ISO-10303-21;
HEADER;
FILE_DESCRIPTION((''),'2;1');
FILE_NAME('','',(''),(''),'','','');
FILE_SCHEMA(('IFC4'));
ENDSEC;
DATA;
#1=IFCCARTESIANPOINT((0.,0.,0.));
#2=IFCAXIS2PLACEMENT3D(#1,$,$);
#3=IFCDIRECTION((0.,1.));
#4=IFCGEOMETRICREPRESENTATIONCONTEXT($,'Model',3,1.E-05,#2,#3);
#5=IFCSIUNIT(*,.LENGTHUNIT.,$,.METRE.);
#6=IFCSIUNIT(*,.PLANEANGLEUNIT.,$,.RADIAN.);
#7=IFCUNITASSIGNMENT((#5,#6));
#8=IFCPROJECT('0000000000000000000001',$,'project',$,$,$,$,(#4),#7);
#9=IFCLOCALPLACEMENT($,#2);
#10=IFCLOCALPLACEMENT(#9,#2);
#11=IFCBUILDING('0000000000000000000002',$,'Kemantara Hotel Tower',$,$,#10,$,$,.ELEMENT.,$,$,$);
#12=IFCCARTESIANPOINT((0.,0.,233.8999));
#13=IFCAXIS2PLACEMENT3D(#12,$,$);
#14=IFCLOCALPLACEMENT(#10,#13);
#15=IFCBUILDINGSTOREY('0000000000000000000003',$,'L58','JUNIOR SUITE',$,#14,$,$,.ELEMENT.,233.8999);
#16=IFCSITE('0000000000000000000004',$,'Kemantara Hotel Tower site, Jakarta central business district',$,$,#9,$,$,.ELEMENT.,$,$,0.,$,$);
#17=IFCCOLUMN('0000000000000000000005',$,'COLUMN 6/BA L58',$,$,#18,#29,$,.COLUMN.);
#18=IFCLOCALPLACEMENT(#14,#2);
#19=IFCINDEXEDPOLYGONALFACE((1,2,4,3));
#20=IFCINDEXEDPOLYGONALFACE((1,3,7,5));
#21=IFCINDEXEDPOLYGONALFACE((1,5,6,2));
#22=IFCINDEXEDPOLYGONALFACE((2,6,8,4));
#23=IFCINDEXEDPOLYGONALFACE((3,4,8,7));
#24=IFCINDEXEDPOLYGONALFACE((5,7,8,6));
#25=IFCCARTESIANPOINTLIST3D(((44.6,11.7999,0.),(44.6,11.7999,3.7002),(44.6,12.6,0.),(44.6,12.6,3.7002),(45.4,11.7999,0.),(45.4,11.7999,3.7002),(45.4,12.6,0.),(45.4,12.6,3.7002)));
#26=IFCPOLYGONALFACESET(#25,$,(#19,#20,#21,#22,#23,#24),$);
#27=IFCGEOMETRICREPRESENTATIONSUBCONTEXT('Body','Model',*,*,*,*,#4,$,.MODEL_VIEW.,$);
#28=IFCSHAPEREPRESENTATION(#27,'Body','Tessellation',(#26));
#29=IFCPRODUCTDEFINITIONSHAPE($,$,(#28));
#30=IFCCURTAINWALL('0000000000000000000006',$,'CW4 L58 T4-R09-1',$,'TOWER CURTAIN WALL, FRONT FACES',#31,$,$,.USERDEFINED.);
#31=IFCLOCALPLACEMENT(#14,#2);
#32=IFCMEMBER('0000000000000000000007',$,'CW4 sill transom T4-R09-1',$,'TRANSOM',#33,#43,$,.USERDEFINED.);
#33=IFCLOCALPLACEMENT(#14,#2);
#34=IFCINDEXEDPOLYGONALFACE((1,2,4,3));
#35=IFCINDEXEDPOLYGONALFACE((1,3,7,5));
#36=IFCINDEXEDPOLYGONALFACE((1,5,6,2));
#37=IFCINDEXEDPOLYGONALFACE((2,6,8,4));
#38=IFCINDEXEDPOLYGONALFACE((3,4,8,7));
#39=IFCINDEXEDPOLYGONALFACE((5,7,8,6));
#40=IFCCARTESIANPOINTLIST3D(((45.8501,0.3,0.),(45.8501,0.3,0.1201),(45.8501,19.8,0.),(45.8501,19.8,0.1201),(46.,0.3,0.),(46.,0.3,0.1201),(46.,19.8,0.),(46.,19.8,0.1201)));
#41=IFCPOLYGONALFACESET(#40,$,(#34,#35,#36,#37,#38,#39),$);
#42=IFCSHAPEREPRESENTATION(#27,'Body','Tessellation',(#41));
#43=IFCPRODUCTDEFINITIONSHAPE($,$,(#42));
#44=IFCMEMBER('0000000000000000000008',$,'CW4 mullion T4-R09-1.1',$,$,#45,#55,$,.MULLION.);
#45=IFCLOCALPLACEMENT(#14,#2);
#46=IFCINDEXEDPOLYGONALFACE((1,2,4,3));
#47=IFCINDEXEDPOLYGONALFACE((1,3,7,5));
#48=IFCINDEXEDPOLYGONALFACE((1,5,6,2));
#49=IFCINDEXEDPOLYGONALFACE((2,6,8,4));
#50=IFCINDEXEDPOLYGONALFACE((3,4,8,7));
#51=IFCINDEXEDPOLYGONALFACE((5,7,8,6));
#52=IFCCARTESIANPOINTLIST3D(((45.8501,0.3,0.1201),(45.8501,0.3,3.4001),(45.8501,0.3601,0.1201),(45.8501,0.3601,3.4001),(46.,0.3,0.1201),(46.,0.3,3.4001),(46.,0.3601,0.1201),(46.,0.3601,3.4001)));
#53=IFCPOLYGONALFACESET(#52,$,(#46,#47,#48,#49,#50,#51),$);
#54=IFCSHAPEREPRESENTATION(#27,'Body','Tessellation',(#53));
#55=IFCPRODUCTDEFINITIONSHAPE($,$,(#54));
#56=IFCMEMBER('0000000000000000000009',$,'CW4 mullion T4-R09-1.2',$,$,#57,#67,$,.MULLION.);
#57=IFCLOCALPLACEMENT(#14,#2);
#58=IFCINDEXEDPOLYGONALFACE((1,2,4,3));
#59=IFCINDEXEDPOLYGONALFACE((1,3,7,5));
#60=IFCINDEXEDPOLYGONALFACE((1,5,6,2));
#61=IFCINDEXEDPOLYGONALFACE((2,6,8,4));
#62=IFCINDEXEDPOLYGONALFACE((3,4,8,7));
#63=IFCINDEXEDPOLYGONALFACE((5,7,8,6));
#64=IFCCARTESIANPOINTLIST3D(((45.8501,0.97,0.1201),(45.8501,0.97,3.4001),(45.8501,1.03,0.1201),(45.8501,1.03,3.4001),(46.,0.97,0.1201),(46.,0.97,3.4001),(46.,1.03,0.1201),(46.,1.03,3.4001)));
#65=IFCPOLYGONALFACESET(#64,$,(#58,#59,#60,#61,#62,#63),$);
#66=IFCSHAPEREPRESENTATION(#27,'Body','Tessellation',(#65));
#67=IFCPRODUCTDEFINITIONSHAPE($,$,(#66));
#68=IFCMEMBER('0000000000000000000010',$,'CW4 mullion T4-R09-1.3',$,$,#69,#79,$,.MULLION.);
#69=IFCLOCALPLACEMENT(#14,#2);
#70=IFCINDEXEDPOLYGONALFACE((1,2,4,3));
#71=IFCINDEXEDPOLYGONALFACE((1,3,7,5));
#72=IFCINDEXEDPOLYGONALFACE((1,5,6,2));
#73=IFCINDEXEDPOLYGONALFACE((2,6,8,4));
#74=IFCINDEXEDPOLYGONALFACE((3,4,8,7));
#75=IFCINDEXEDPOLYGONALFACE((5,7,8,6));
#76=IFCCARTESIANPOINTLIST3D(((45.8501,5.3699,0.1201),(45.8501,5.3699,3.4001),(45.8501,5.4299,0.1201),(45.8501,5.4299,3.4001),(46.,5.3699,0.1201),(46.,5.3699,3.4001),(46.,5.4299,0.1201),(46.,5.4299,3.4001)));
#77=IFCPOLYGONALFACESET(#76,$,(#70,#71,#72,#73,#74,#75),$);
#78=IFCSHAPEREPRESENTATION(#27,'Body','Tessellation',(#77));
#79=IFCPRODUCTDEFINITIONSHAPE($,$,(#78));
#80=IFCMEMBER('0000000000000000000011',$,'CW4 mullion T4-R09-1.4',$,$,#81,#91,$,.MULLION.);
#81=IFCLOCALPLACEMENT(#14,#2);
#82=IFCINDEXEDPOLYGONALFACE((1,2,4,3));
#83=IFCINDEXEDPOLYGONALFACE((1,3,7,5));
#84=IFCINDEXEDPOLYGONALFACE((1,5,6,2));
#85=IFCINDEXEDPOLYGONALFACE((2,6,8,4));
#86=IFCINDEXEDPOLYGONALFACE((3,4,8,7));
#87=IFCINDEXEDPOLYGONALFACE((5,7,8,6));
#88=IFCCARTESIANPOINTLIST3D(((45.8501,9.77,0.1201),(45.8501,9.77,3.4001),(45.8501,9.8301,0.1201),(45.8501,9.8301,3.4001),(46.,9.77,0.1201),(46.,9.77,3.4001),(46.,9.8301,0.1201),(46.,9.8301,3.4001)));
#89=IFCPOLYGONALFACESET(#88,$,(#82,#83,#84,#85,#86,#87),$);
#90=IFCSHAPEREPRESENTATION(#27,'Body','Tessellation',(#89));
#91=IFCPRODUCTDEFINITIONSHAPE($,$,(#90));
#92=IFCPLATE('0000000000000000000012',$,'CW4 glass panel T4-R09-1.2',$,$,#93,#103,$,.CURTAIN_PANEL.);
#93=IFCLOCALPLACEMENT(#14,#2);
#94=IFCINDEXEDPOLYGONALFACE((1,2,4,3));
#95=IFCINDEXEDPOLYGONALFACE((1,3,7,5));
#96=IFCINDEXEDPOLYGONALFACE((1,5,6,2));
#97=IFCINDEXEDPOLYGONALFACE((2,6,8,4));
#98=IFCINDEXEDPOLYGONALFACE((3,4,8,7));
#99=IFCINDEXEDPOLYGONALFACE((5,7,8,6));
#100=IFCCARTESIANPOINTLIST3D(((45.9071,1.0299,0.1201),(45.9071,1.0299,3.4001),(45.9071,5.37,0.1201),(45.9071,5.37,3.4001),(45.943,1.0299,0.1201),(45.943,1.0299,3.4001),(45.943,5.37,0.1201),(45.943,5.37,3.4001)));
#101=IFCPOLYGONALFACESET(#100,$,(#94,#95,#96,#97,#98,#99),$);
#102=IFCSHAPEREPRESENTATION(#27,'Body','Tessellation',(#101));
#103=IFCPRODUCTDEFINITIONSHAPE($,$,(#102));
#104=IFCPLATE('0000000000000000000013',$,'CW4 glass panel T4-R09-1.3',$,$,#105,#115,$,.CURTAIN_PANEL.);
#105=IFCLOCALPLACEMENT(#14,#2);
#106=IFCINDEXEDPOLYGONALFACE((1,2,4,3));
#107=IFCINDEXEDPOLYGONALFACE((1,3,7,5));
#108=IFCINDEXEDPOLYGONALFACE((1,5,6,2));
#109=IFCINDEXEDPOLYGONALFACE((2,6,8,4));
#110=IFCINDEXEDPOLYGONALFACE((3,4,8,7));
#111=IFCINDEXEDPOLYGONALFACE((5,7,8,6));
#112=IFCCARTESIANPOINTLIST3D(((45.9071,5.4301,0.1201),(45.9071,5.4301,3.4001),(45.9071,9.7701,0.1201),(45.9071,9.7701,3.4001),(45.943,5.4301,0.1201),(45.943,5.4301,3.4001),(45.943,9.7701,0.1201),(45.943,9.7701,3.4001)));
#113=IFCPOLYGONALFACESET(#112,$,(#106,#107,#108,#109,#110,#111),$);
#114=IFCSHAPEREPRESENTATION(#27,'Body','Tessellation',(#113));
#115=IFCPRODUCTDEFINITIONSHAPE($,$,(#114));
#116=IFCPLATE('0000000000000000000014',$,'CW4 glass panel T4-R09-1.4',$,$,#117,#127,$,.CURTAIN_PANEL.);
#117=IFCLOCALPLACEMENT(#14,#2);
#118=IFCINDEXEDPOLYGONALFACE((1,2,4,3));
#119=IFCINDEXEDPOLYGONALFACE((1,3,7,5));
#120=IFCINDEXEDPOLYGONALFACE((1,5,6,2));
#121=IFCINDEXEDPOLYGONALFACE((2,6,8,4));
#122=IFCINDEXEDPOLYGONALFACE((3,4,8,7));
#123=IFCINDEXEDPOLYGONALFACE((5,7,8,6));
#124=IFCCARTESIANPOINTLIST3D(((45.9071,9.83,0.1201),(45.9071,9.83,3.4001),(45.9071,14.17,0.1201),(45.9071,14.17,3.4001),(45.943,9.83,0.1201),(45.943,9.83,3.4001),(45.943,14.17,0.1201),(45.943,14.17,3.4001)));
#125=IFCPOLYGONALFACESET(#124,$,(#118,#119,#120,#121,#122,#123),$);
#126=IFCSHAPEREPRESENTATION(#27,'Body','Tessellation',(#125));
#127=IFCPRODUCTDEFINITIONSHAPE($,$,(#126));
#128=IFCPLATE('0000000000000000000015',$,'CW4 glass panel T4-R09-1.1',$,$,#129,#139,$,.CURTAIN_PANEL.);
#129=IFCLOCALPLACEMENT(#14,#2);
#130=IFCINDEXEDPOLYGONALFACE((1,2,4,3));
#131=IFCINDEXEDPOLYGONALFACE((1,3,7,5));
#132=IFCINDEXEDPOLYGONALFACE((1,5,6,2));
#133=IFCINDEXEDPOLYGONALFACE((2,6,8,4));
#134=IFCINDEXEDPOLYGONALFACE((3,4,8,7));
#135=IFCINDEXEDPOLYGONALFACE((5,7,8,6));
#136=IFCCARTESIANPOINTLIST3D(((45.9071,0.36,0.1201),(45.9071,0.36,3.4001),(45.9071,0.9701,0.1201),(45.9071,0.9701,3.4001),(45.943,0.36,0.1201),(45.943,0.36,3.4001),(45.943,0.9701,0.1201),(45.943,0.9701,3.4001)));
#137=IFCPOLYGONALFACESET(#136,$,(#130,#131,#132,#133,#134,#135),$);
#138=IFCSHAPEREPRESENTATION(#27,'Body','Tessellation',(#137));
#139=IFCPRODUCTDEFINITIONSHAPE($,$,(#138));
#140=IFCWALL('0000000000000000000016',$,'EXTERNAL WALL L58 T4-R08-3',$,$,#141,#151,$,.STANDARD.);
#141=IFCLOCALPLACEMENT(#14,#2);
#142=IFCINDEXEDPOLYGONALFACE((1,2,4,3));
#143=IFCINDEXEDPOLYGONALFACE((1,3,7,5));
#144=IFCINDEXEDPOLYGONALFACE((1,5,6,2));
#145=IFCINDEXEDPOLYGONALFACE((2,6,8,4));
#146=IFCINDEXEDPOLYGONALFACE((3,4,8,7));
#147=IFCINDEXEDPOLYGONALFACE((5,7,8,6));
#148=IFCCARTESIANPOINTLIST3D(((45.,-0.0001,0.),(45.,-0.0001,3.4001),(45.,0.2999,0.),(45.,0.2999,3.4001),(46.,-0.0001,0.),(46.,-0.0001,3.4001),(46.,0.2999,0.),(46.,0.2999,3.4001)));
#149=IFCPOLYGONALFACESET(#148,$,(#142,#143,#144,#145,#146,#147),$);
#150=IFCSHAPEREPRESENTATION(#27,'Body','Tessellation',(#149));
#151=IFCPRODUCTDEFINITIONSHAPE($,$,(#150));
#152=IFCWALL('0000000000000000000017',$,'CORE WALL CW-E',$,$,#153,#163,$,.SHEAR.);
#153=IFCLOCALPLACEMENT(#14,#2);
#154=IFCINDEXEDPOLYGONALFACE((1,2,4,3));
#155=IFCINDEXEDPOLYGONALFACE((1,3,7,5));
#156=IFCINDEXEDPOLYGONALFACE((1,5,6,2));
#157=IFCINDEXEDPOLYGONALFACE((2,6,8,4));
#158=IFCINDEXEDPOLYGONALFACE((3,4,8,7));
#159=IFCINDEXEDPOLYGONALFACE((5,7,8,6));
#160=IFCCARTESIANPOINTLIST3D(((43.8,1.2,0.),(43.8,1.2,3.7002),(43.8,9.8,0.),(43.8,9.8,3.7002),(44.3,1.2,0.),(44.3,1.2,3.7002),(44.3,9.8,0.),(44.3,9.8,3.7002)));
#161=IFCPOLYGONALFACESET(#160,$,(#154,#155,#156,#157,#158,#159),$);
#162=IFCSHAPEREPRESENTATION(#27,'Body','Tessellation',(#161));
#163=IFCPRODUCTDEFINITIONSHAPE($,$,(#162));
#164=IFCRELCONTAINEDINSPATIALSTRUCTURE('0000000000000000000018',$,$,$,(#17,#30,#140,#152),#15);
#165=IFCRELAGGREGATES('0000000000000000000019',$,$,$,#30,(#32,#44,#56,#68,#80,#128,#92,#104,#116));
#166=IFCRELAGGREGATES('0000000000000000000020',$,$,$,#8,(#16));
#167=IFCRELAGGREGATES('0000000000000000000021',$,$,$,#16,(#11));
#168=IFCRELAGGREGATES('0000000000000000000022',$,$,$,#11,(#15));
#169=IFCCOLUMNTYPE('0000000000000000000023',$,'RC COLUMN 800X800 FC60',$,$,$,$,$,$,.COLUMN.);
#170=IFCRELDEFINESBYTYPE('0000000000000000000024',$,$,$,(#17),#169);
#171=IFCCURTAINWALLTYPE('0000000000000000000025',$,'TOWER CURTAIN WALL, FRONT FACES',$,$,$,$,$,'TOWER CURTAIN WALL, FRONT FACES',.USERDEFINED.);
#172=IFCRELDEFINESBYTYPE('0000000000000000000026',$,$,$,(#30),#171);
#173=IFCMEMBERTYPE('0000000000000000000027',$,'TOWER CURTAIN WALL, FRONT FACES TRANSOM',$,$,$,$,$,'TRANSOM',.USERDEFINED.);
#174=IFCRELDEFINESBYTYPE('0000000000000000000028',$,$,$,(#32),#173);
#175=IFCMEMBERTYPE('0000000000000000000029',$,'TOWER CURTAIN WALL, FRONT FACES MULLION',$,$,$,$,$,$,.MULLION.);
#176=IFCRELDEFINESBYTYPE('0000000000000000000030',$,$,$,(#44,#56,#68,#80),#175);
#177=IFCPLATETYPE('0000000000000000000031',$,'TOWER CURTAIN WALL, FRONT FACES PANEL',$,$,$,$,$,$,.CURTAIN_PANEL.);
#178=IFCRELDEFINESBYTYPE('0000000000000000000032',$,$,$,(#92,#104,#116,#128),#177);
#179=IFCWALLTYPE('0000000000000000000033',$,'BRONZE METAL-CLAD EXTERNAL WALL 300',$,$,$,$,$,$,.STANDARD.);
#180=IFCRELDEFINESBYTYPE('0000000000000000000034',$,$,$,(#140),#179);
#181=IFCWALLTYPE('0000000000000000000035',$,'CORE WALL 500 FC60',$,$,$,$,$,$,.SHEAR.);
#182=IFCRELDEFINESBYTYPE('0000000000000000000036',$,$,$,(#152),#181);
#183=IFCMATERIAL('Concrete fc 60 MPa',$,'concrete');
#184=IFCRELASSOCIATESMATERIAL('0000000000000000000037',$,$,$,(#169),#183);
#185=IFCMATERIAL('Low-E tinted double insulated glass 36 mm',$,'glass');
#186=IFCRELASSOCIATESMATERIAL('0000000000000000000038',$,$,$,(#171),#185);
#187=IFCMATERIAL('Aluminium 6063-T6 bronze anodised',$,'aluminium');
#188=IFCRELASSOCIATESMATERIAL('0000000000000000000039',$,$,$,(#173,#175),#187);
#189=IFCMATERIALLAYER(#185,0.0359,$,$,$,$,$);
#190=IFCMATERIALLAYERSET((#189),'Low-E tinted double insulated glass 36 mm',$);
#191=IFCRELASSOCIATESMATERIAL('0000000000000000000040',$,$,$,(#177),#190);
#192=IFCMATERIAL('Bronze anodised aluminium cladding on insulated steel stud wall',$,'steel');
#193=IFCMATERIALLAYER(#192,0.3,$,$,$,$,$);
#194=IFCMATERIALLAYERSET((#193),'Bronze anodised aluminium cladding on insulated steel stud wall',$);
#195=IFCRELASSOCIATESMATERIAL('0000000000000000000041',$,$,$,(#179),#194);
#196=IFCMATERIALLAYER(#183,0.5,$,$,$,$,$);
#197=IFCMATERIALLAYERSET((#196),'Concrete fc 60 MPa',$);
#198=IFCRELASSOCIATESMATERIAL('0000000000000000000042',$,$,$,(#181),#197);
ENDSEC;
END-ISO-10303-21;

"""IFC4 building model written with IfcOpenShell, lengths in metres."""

from ifc_helpers import new_model, si_unit, direction, frame, frame_2d, origin, origin_2d, place, context, subcontext, project, spatial, rectangle, extrude, source, transform, mapped, material, layer, layer_set, material_profile, profile_set, type_object, element, aggregate, save


model = new_model("IFC4")

# Units and contexts
model_context = context("Model", 3, precision=1e-05, world=origin(), true_north=direction((0.0, 1.0)))
body_context = subcontext(model_context, "Body", "Model", "MODEL_VIEW")
ifc_project = project(units=[si_unit("LENGTHUNIT", "METRE"), si_unit("PLANEANGLEUNIT", "RADIAN")], contexts=[model_context])

# Site, building, storey
site_placement = place(None, origin())
site = spatial("IfcSite", under=ifc_project, at=site_placement, Name="Kemantara Hotel Tower site, Jakarta central business district", CompositionType="ELEMENT", RefElevation=0.0)
building_placement = place(site_placement, origin())
building = spatial("IfcBuilding", under=site, at=building_placement, Name="Kemantara Hotel Tower", CompositionType="ELEMENT")
storey_placement = place(building_placement, frame((0.0, 0.0, 233.8999)))
storey = spatial("IfcBuildingStorey", under=building, at=storey_placement, Name="L58", Description="JUNIOR SUITE", CompositionType="ELEMENT", Elevation=233.8999)

# Column
ifc_material_1 = material(Name="Concrete fc 60 MPa", Category="concrete")
ifc_material_profile_1 = material_profile(ifc_material_1, rectangle(XDim=0.8, YDim=0.8, at=origin_2d()), Name="RC 800X800")
ifc_profile_set_1 = profile_set([ifc_material_profile_1], Name="Concrete fc 60 MPa")
column_type = type_object("IfcColumnType", Name="RC COLUMN 800X800 FC60", PredefinedType="COLUMN", material=ifc_profile_set_1)
column_placement = place(storey_placement, frame((45.0, 12.2, 0.0), z_axis=(0.0, 0.0, 1.0), x_axis=(1.0, 0.0, 0.0)))
element("IfcColumn", 1, at=column_placement, inside=storey, type_object=column_type, Name="COLUMN 6/BA L58", PredefinedType="COLUMN", context=body_context, shape_type="SweptSolid", body=[
    extrude(rectangle(XDim=0.8, YDim=0.8, at=origin_2d()), origin(), (0.0, 0.0, 1.0), 3.7002),
])

# Curtain wall, members, plates
ifc_material_2 = material(Name="Low-E tinted double insulated glass 36 mm", Category="glass")
curtain_wall_type = type_object("IfcCurtainWallType", Name="TOWER CURTAIN WALL, FRONT FACES", ElementType="TOWER CURTAIN WALL, FRONT FACES", PredefinedType="USERDEFINED", material=ifc_material_2)
curtain_wall_placement = place(storey_placement, origin())
curtain_wall = element("IfcCurtainWall", 2, at=curtain_wall_placement, inside=storey, type_object=curtain_wall_type, Name="CW4 L58 T4-R09-1", ObjectType="TOWER CURTAIN WALL, FRONT FACES", PredefinedType="USERDEFINED")
ifc_material_3 = material(Name="Aluminium 6063-T6 bronze anodised", Category="aluminium")
ifc_material_profile_2 = material_profile(ifc_material_3, rectangle(XDim=0.1499, YDim=0.1201, at=origin_2d()), Name="TOWER CURTAIN WALL, FRONT FACES TRANSOM")
ifc_profile_set_2 = profile_set([ifc_material_profile_2], Name="Aluminium 6063-T6 bronze anodised")
member_type_1 = type_object("IfcMemberType", Name="TOWER CURTAIN WALL, FRONT FACES TRANSOM", ElementType="TRANSOM", PredefinedType="USERDEFINED", material=ifc_profile_set_2)
member_1_placement = place(storey_placement, frame((45.925, 0.3, 0.0601), z_axis=(0.0, 1.0, 0.0), x_axis=(-1.0, 0.0, 0.0)))
member_1 = element("IfcMember", 3, at=member_1_placement, type_object=member_type_1, Name="CW4 sill transom T4-R09-1", ObjectType="TRANSOM", PredefinedType="USERDEFINED", context=body_context, shape_type="SweptSolid", body=[
    extrude(rectangle(XDim=0.1499, YDim=0.1201, at=origin_2d()), origin(), (0.0, 0.0, 1.0), 19.5),
])
ifc_material_profile_3 = material_profile(ifc_material_3, rectangle(XDim=0.1499, YDim=0.0601, at=origin_2d()), Name="TOWER CURTAIN WALL, FRONT FACES MULLION")
ifc_profile_set_3 = profile_set([ifc_material_profile_3], Name="Aluminium 6063-T6 bronze anodised")
member_type_2 = type_object("IfcMemberType", Name="TOWER CURTAIN WALL, FRONT FACES MULLION", PredefinedType="MULLION", material=ifc_profile_set_3)
shared_shape_1 = source(origin(), body_context, "Body", "SweptSolid", [
    extrude(rectangle(XDim=0.1499, YDim=0.0601, at=origin_2d()), origin(), (0.0, 0.0, 1.0), 3.28),
])
member_2_placement = place(storey_placement, frame((45.925, 0.3301, 0.1201), z_axis=(0.0, 0.0, 1.0), x_axis=(-1.0, 0.0, 0.0)))
member_2 = element("IfcMember", 4, at=member_2_placement, type_object=member_type_2, Name="CW4 mullion T4-R09-1.1", PredefinedType="MULLION", context=body_context, shape_type="MappedRepresentation", body=[
    mapped(shared_shape_1, transform((0.0, 0.0, 0.0))),
])
member_3_placement = place(storey_placement, frame((45.925, 1.0, 0.1201), z_axis=(0.0, 0.0, 1.0), x_axis=(-1.0, 0.0, 0.0)))
member_3 = element("IfcMember", 5, at=member_3_placement, type_object=member_type_2, Name="CW4 mullion T4-R09-1.2", PredefinedType="MULLION", context=body_context, shape_type="MappedRepresentation", body=[
    mapped(shared_shape_1, transform((0.0, 0.0, 0.0))),
])
member_4_placement = place(storey_placement, frame((45.925, 5.3999, 0.1201), z_axis=(0.0, 0.0, 1.0), x_axis=(-1.0, 0.0, 0.0)))
member_4 = element("IfcMember", 6, at=member_4_placement, type_object=member_type_2, Name="CW4 mullion T4-R09-1.3", PredefinedType="MULLION", context=body_context, shape_type="MappedRepresentation", body=[
    mapped(shared_shape_1, transform((0.0, 0.0, 0.0))),
])
member_5_placement = place(storey_placement, frame((45.925, 9.8, 0.1201), z_axis=(0.0, 0.0, 1.0), x_axis=(-1.0, 0.0, 0.0)))
member_5 = element("IfcMember", 7, at=member_5_placement, type_object=member_type_2, Name="CW4 mullion T4-R09-1.4", PredefinedType="MULLION", context=body_context, shape_type="MappedRepresentation", body=[
    mapped(shared_shape_1, transform((0.0, 0.0, 0.0))),
])
ifc_layer_1 = layer(ifc_material_2, 0.0359)
ifc_layer_set_1 = layer_set([ifc_layer_1], Name="Low-E tinted double insulated glass 36 mm")
plate_type = type_object("IfcPlateType", Name="TOWER CURTAIN WALL, FRONT FACES PANEL", PredefinedType="CURTAIN_PANEL", material=ifc_layer_set_1)
shared_shape_2 = source(origin(), body_context, "Body", "SweptSolid", [
    extrude(rectangle(XDim=4.3401, YDim=0.0359, at=origin_2d()), origin(), (0.0, 0.0, 1.0), 3.28),
])
plate_1_placement = place(storey_placement, frame((45.925, 3.2, 0.1201), z_axis=(0.0, 0.0, 1.0), x_axis=(0.0, 1.0, 0.0)))
plate_1 = element("IfcPlate", 8, at=plate_1_placement, type_object=plate_type, Name="CW4 glass panel T4-R09-1.2", PredefinedType="CURTAIN_PANEL", context=body_context, shape_type="MappedRepresentation", body=[
    mapped(shared_shape_2, transform((0.0, 0.0, 0.0))),
])
plate_2_placement = place(storey_placement, frame((45.925, 7.6001, 0.1201), z_axis=(0.0, 0.0, 1.0), x_axis=(0.0, 1.0, 0.0)))
plate_2 = element("IfcPlate", 9, at=plate_2_placement, type_object=plate_type, Name="CW4 glass panel T4-R09-1.3", PredefinedType="CURTAIN_PANEL", context=body_context, shape_type="MappedRepresentation", body=[
    mapped(shared_shape_2, transform((0.0, 0.0, 0.0))),
])
plate_3_placement = place(storey_placement, frame((45.925, 12.0, 0.1201), z_axis=(0.0, 0.0, 1.0), x_axis=(0.0, 1.0, 0.0)))
plate_3 = element("IfcPlate", 10, at=plate_3_placement, type_object=plate_type, Name="CW4 glass panel T4-R09-1.4", PredefinedType="CURTAIN_PANEL", context=body_context, shape_type="MappedRepresentation", body=[
    mapped(shared_shape_2, transform((0.0, 0.0, 0.0))),
])
shared_shape_3 = source(origin(), body_context, "Body", "SweptSolid", [
    extrude(rectangle(XDim=0.6101, YDim=0.0359, at=origin_2d()), origin(), (0.0, 0.0, 1.0), 3.28),
])
plate_4_placement = place(storey_placement, frame((45.925, 0.665, 0.1201), z_axis=(0.0, 0.0, 1.0), x_axis=(0.0, 1.0, 0.0)))
plate_4 = element("IfcPlate", 11, at=plate_4_placement, type_object=plate_type, Name="CW4 glass panel T4-R09-1.1", PredefinedType="CURTAIN_PANEL", context=body_context, shape_type="MappedRepresentation", body=[
    mapped(shared_shape_3, transform((0.0, 0.0, 0.0))),
])
aggregate(curtain_wall, [member_1, member_2, member_3, member_4, member_5, plate_4, plate_1, plate_2, plate_3])

# Walls
ifc_material_4 = material(Name="Bronze anodised aluminium cladding on insulated steel stud wall", Category="steel")
ifc_layer_2 = layer(ifc_material_4, 0.3)
ifc_layer_set_2 = layer_set([ifc_layer_2], Name="Bronze anodised aluminium cladding on insulated steel stud wall")
wall_type_1 = type_object("IfcWallType", Name="BRONZE METAL-CLAD EXTERNAL WALL 300", PredefinedType="STANDARD", material=ifc_layer_set_2)
wall_1_placement = place(storey_placement, frame((45.0, 0.1499, 0.0), z_axis=(0.0, 0.0, 1.0), x_axis=(1.0, 0.0, 0.0)))
element("IfcWall", 12, at=wall_1_placement, inside=storey, type_object=wall_type_1, Name="EXTERNAL WALL L58 T4-R08-3", PredefinedType="STANDARD", context=body_context, shape_type="SweptSolid", body=[
    extrude(rectangle(XDim=1.0, YDim=0.3, at=frame_2d((0.5, 0.0))), origin(), (0.0, 0.0, 1.0), 3.4001),
])
ifc_layer_3 = layer(ifc_material_1, 0.5)
ifc_layer_set_3 = layer_set([ifc_layer_3], Name="Concrete fc 60 MPa")
wall_type_2 = type_object("IfcWallType", Name="CORE WALL 500 FC60", PredefinedType="SHEAR", material=ifc_layer_set_3)
wall_2_placement = place(storey_placement, frame((44.05, 1.2, 0.0), z_axis=(0.0, 0.0, 1.0), x_axis=(0.0, 1.0, 0.0)))
element("IfcWall", 13, at=wall_2_placement, inside=storey, type_object=wall_type_2, Name="CORE WALL CW-E", PredefinedType="SHEAR", context=body_context, shape_type="SweptSolid", body=[
    extrude(rectangle(XDim=8.6001, YDim=0.5, at=frame_2d((4.3, 0.0))), origin(), (0.0, 0.0, 1.0), 3.7002),
])

save(model, "model.ifc")
